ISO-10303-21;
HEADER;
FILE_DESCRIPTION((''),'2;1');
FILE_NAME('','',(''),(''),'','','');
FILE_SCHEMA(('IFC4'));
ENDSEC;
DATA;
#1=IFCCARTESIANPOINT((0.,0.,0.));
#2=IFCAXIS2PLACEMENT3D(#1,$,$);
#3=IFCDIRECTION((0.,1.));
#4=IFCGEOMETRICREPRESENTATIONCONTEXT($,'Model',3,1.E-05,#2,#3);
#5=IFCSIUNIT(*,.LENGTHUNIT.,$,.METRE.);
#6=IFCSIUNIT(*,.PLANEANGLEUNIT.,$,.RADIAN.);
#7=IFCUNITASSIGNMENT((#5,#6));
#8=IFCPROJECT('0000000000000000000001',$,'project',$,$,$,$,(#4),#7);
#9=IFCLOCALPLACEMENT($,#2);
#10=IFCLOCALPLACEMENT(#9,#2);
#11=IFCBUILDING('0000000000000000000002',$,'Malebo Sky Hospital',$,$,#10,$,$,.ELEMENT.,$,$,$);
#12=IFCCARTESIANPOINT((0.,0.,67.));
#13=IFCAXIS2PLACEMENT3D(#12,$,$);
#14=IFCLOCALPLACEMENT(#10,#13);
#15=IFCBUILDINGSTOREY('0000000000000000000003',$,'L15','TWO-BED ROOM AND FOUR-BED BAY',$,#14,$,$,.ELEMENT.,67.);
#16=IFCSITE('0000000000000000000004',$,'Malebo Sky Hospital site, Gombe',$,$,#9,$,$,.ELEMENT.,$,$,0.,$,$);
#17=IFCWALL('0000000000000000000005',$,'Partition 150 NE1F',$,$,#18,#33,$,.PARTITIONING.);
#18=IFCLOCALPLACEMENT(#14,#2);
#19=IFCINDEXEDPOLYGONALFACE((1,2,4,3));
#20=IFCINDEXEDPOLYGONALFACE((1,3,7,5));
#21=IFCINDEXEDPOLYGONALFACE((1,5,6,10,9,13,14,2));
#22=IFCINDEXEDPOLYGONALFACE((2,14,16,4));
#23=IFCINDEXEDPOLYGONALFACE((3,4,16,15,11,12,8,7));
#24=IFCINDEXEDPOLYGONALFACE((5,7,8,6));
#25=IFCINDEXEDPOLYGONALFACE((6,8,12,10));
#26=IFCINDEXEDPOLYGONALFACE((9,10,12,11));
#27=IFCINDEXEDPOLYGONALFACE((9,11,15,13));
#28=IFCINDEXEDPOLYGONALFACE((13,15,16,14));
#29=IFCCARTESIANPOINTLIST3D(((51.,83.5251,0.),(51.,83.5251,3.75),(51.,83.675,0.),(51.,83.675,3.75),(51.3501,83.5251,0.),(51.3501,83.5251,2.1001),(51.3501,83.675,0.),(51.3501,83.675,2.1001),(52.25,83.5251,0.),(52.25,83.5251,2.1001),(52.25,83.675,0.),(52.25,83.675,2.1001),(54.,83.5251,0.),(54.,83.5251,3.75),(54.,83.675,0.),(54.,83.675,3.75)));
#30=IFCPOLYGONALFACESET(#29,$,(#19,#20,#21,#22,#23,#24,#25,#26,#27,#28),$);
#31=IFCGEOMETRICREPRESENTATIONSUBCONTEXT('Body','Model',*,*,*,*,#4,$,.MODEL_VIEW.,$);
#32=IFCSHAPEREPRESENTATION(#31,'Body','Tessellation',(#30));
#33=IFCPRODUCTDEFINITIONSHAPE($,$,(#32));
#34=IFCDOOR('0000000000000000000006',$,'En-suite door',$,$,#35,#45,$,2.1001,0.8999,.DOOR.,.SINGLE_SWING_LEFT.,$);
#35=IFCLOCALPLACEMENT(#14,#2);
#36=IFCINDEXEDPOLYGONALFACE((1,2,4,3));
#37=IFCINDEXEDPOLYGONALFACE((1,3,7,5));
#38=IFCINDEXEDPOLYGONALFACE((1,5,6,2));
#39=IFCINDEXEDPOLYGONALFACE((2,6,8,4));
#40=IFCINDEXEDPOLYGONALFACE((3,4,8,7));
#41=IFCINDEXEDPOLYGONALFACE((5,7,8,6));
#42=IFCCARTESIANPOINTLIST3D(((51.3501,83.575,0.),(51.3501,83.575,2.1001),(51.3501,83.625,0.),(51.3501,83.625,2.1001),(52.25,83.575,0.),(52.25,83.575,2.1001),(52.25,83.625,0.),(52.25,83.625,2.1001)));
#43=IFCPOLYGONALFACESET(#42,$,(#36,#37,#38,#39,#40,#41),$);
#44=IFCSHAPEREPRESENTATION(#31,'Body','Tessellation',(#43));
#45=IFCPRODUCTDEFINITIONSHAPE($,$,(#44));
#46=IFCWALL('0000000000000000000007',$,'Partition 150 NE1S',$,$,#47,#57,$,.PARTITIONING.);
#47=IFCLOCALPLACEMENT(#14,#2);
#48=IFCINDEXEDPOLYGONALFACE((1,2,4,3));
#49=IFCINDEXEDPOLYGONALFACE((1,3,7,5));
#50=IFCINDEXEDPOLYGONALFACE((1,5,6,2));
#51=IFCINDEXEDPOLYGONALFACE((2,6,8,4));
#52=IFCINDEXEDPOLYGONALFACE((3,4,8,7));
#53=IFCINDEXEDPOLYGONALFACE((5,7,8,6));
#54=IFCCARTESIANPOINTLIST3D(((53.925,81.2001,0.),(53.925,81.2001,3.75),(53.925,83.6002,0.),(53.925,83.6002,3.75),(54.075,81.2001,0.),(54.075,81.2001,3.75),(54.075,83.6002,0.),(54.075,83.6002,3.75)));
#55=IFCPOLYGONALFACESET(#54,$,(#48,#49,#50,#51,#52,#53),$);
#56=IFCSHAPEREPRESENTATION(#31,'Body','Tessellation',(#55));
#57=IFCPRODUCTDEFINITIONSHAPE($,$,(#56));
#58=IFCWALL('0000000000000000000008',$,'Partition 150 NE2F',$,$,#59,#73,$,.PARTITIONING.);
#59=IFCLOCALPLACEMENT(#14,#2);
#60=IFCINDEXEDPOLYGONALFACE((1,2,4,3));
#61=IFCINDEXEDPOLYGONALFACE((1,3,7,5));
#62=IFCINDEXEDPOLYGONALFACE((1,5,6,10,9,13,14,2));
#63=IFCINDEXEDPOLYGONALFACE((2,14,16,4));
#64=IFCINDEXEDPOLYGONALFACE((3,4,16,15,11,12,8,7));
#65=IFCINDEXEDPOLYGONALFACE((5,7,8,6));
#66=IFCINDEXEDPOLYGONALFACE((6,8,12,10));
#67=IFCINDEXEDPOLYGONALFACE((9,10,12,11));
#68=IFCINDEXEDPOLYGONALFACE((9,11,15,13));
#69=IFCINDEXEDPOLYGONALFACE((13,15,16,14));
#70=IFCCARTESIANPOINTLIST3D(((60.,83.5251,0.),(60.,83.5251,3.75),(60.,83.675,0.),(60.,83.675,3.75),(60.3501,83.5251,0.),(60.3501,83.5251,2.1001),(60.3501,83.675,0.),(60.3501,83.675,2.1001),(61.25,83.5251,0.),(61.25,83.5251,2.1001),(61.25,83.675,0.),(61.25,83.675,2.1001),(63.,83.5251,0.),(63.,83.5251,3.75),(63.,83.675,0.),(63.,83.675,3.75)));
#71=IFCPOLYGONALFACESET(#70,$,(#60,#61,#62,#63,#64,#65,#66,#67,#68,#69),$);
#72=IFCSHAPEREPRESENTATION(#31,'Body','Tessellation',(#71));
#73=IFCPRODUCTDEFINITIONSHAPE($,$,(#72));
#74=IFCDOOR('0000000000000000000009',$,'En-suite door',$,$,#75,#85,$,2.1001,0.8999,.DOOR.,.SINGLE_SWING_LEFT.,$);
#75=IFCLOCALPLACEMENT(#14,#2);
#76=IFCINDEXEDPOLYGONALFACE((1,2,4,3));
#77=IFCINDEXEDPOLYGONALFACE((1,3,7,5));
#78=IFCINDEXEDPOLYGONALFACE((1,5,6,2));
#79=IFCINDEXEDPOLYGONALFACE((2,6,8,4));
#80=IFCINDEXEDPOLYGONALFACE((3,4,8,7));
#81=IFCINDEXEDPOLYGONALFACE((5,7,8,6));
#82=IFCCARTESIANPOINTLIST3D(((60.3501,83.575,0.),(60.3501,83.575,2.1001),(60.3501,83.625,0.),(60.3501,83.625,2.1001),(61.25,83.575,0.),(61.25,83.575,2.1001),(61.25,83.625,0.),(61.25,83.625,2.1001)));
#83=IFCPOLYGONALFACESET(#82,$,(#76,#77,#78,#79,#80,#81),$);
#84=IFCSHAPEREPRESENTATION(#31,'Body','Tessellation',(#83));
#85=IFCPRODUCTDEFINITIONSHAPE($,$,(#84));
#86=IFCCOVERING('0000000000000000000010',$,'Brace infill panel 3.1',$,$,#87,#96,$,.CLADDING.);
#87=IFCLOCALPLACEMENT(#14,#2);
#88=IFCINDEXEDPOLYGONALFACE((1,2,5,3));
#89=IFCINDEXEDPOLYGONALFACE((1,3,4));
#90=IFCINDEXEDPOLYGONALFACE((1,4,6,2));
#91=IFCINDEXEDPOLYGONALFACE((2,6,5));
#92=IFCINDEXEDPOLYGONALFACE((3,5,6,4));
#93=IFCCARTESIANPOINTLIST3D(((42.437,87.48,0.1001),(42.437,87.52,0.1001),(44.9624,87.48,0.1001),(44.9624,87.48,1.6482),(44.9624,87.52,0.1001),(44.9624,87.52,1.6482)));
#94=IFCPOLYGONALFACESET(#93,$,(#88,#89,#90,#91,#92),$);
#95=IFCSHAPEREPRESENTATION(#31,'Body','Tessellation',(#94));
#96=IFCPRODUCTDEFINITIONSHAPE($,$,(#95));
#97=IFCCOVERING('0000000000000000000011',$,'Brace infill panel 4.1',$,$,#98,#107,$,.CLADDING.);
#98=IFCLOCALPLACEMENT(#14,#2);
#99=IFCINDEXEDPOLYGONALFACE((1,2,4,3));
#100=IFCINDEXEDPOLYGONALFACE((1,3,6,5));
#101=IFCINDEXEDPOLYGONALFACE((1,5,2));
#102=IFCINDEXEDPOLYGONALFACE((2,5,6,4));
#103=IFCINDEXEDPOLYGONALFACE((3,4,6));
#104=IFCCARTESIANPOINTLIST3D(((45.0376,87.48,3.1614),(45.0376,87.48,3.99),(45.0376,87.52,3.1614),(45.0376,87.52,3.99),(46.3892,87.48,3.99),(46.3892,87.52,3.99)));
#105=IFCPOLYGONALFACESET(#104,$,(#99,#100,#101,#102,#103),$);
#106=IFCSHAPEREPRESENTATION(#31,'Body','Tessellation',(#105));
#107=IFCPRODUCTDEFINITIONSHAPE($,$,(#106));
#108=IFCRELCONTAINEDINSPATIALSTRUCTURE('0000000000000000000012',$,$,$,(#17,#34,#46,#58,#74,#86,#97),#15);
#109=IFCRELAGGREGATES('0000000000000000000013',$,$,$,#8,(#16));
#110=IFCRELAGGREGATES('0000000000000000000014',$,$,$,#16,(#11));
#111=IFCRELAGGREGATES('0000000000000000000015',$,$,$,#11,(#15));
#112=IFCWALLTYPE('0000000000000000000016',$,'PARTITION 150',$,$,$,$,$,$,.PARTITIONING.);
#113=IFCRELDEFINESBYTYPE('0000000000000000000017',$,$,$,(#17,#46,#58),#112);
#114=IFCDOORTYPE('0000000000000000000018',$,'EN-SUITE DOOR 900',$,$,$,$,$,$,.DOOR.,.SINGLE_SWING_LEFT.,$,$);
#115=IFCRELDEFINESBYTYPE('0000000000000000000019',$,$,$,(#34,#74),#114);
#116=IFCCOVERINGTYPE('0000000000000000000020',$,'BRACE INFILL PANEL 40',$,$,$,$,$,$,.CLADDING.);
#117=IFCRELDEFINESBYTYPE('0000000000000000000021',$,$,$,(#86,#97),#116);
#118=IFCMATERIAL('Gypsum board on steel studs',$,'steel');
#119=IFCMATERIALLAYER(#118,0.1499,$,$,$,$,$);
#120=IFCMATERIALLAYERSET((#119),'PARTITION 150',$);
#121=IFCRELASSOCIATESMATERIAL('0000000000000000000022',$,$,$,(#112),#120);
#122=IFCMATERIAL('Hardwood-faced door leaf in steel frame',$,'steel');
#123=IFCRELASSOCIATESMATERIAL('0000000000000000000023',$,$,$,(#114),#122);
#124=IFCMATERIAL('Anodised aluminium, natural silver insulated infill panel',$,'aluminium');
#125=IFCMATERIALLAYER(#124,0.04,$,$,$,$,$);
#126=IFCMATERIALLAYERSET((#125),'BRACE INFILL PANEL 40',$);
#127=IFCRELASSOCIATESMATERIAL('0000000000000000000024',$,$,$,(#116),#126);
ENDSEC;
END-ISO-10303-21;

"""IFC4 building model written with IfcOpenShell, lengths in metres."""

from ifc_helpers import new_model, si_unit, direction, frame, frame_2d, origin, place, context, subcontext, project, spatial, polyline, rectangle, outline, extrude, material, layer, layer_set, type_object, element, fill, save


model = new_model("IFC4")

# Units and contexts
model_context = context("Model", 3, precision=1e-05, world=origin(), true_north=direction((0.0, 1.0)))
body_context = subcontext(model_context, "Body", "Model", "MODEL_VIEW")
ifc_project = project(units=[si_unit("LENGTHUNIT", "METRE"), si_unit("PLANEANGLEUNIT", "RADIAN")], contexts=[model_context])

# Site, building, storey
site_placement = place(None, origin())
site = spatial("IfcSite", under=ifc_project, at=site_placement, Name="Malebo Sky Hospital site, Gombe", CompositionType="ELEMENT", RefElevation=0.0)
building_placement = place(site_placement, origin())
building = spatial("IfcBuilding", under=site, at=building_placement, Name="Malebo Sky Hospital", CompositionType="ELEMENT")
storey_placement = place(building_placement, frame((0.0, 0.0, 67.0)))
storey = spatial("IfcBuildingStorey", under=building, at=storey_placement, Name="L15", Description="TWO-BED ROOM AND FOUR-BED BAY", CompositionType="ELEMENT", Elevation=67.0)

# Shared definitions
ifc_material_1 = material(Name="Gypsum board on steel studs", Category="steel")
ifc_material_2 = material(Name="Hardwood-faced door leaf in steel frame", Category="steel")

# Shared definitions
ifc_layer_1 = layer(ifc_material_1, 0.1499)
ifc_layer_set_1 = layer_set([ifc_layer_1], Name="PARTITION 150")
wall_type_1 = type_object("IfcWallType", Name="PARTITION 150", PredefinedType="PARTITIONING", material=ifc_layer_set_1)

# Wall, opening, door
wall_1_placement = place(storey_placement, frame((51.0, 83.6001, 0.0), z_axis=(0.0, 0.0, 1.0), x_axis=(1.0, 0.0, 0.0)))
wall_1 = element("IfcWall", 1, at=wall_1_placement, inside=storey, type_object=wall_type_1, Name="Partition 150 NE1F", PredefinedType="PARTITIONING", context=body_context, shape_type="SweptSolid", body=[
    extrude(rectangle(XDim=3.0, YDim=0.1499, at=frame_2d((1.5, 0.0))), origin(), (0.0, 0.0, 1.0), 3.75),
])
opening_1_placement = place(wall_1_placement, frame((0.3501, 0.0, 0.0)))
opening_1 = element("IfcOpeningElement", 2, at=opening_1_placement, cuts=wall_1, PredefinedType="OPENING", context=body_context, shape_type="SweptSolid", body=[
    extrude(rectangle(XDim=0.8999, YDim=2.1001, at=frame_2d((0.45, 1.05))), frame((0.0, 0.085, 0.0), z_axis=(0.0, -1.0, 0.0), x_axis=(1.0, 0.0, 0.0)), (0.0, 0.0, 1.0), 0.1699),
])
door_type_1 = type_object("IfcDoorType", Name="EN-SUITE DOOR 900", OperationType="SINGLE_SWING_LEFT", PredefinedType="DOOR", material=ifc_material_2)
door_1_placement = place(opening_1_placement, origin())
door_1 = element("IfcDoor", 3, at=door_1_placement, inside=storey, type_object=door_type_1, Name="En-suite door", OperationType="SINGLE_SWING_LEFT", OverallHeight=2.1001, OverallWidth=0.8999, PredefinedType="DOOR", context=body_context, shape_type="SweptSolid", body=[
    extrude(rectangle(XDim=0.8999, YDim=2.1001, at=frame_2d((0.45, 1.05))), frame((0.0, 0.0249, 0.0), z_axis=(0.0, -1.0, 0.0), x_axis=(1.0, 0.0, 0.0)), (0.0, 0.0, 1.0), 0.05),
])
fill(opening_1, door_1)

# Wall
wall_2_placement = place(storey_placement, frame((54.0, 81.2, 0.0), z_axis=(0.0, 0.0, 1.0), x_axis=(0.0, 1.0, 0.0)))
element("IfcWall", 4, at=wall_2_placement, inside=storey, type_object=wall_type_1, Name="Partition 150 NE1S", PredefinedType="PARTITIONING", context=body_context, shape_type="SweptSolid", body=[
    extrude(rectangle(XDim=2.4001, YDim=0.1499, at=frame_2d((1.2002, 0.0))), origin(), (0.0, 0.0, 1.0), 3.75),
])

# Wall, opening, door
wall_3_placement = place(storey_placement, frame((60.0, 83.6001, 0.0), z_axis=(0.0, 0.0, 1.0), x_axis=(1.0, 0.0, 0.0)))
wall_3 = element("IfcWall", 5, at=wall_3_placement, inside=storey, type_object=wall_type_1, Name="Partition 150 NE2F", PredefinedType="PARTITIONING", context=body_context, shape_type="SweptSolid", body=[
    extrude(rectangle(XDim=3.0, YDim=0.1499, at=frame_2d((1.5, 0.0))), origin(), (0.0, 0.0, 1.0), 3.75),
])
opening_2_placement = place(wall_3_placement, frame((0.3501, 0.0, 0.0)))
opening_2 = element("IfcOpeningElement", 6, at=opening_2_placement, cuts=wall_3, PredefinedType="OPENING", context=body_context, shape_type="SweptSolid", body=[
    extrude(rectangle(XDim=0.8999, YDim=2.1001, at=frame_2d((0.45, 1.05))), frame((0.0, 0.085, 0.0), z_axis=(0.0, -1.0, 0.0), x_axis=(1.0, 0.0, 0.0)), (0.0, 0.0, 1.0), 0.1699),
])
door_2_placement = place(opening_2_placement, origin())
door_2 = element("IfcDoor", 7, at=door_2_placement, inside=storey, type_object=door_type_1, Name="En-suite door", OperationType="SINGLE_SWING_LEFT", OverallHeight=2.1001, OverallWidth=0.8999, PredefinedType="DOOR", context=body_context, shape_type="SweptSolid", body=[
    extrude(rectangle(XDim=0.8999, YDim=2.1001, at=frame_2d((0.45, 1.05))), frame((0.0, 0.0249, 0.0), z_axis=(0.0, -1.0, 0.0), x_axis=(1.0, 0.0, 0.0)), (0.0, 0.0, 1.0), 0.05),
])
fill(opening_2, door_2)

# Coverings
ifc_material_3 = material(Name="Anodised aluminium, natural silver insulated infill panel", Category="aluminium")
ifc_layer_2 = layer(ifc_material_3, 0.04)
ifc_layer_set_2 = layer_set([ifc_layer_2], Name="BRACE INFILL PANEL 40")
covering_type = type_object("IfcCoveringType", Name="BRACE INFILL PANEL 40", PredefinedType="CLADDING", material=ifc_layer_set_2)
covering_1_placement = place(storey_placement, frame((43.6997, 87.5, 0.1001), z_axis=(0.0, 0.0, 1.0), x_axis=(1.0, 0.0, 0.0)))
element("IfcCovering", 8, at=covering_1_placement, inside=storey, type_object=covering_type, Name="Brace infill panel 3.1", PredefinedType="CLADDING", context=body_context, shape_type="SweptSolid", body=[
    extrude(outline(polyline([(-1.2627, 0.0), (1.2627, 0.0), (1.2627, 1.5481), (-1.2627, 0.0)])), frame((0.0, 0.02, 0.0), z_axis=(0.0, -1.0, 0.0), x_axis=(1.0, 0.0, 0.0)), (0.0, 0.0, 1.0), 0.04),
])
covering_2_placement = place(storey_placement, frame((45.7134, 87.5, 3.1614), z_axis=(0.0, 0.0, 1.0), x_axis=(1.0, 0.0, 0.0)))
element("IfcCovering", 9, at=covering_2_placement, inside=storey, type_object=covering_type, Name="Brace infill panel 4.1", PredefinedType="CLADDING", context=body_context, shape_type="SweptSolid", body=[
    extrude(outline(polyline([(-0.6758, 0.0), (0.6758, 0.8286), (-0.6758, 0.8286), (-0.6758, 0.0)])), frame((0.0, 0.02, 0.0), z_axis=(0.0, -1.0, 0.0), x_axis=(1.0, 0.0, 0.0)), (0.0, 0.0, 1.0), 0.04),
])

save(model, "model.ifc")
